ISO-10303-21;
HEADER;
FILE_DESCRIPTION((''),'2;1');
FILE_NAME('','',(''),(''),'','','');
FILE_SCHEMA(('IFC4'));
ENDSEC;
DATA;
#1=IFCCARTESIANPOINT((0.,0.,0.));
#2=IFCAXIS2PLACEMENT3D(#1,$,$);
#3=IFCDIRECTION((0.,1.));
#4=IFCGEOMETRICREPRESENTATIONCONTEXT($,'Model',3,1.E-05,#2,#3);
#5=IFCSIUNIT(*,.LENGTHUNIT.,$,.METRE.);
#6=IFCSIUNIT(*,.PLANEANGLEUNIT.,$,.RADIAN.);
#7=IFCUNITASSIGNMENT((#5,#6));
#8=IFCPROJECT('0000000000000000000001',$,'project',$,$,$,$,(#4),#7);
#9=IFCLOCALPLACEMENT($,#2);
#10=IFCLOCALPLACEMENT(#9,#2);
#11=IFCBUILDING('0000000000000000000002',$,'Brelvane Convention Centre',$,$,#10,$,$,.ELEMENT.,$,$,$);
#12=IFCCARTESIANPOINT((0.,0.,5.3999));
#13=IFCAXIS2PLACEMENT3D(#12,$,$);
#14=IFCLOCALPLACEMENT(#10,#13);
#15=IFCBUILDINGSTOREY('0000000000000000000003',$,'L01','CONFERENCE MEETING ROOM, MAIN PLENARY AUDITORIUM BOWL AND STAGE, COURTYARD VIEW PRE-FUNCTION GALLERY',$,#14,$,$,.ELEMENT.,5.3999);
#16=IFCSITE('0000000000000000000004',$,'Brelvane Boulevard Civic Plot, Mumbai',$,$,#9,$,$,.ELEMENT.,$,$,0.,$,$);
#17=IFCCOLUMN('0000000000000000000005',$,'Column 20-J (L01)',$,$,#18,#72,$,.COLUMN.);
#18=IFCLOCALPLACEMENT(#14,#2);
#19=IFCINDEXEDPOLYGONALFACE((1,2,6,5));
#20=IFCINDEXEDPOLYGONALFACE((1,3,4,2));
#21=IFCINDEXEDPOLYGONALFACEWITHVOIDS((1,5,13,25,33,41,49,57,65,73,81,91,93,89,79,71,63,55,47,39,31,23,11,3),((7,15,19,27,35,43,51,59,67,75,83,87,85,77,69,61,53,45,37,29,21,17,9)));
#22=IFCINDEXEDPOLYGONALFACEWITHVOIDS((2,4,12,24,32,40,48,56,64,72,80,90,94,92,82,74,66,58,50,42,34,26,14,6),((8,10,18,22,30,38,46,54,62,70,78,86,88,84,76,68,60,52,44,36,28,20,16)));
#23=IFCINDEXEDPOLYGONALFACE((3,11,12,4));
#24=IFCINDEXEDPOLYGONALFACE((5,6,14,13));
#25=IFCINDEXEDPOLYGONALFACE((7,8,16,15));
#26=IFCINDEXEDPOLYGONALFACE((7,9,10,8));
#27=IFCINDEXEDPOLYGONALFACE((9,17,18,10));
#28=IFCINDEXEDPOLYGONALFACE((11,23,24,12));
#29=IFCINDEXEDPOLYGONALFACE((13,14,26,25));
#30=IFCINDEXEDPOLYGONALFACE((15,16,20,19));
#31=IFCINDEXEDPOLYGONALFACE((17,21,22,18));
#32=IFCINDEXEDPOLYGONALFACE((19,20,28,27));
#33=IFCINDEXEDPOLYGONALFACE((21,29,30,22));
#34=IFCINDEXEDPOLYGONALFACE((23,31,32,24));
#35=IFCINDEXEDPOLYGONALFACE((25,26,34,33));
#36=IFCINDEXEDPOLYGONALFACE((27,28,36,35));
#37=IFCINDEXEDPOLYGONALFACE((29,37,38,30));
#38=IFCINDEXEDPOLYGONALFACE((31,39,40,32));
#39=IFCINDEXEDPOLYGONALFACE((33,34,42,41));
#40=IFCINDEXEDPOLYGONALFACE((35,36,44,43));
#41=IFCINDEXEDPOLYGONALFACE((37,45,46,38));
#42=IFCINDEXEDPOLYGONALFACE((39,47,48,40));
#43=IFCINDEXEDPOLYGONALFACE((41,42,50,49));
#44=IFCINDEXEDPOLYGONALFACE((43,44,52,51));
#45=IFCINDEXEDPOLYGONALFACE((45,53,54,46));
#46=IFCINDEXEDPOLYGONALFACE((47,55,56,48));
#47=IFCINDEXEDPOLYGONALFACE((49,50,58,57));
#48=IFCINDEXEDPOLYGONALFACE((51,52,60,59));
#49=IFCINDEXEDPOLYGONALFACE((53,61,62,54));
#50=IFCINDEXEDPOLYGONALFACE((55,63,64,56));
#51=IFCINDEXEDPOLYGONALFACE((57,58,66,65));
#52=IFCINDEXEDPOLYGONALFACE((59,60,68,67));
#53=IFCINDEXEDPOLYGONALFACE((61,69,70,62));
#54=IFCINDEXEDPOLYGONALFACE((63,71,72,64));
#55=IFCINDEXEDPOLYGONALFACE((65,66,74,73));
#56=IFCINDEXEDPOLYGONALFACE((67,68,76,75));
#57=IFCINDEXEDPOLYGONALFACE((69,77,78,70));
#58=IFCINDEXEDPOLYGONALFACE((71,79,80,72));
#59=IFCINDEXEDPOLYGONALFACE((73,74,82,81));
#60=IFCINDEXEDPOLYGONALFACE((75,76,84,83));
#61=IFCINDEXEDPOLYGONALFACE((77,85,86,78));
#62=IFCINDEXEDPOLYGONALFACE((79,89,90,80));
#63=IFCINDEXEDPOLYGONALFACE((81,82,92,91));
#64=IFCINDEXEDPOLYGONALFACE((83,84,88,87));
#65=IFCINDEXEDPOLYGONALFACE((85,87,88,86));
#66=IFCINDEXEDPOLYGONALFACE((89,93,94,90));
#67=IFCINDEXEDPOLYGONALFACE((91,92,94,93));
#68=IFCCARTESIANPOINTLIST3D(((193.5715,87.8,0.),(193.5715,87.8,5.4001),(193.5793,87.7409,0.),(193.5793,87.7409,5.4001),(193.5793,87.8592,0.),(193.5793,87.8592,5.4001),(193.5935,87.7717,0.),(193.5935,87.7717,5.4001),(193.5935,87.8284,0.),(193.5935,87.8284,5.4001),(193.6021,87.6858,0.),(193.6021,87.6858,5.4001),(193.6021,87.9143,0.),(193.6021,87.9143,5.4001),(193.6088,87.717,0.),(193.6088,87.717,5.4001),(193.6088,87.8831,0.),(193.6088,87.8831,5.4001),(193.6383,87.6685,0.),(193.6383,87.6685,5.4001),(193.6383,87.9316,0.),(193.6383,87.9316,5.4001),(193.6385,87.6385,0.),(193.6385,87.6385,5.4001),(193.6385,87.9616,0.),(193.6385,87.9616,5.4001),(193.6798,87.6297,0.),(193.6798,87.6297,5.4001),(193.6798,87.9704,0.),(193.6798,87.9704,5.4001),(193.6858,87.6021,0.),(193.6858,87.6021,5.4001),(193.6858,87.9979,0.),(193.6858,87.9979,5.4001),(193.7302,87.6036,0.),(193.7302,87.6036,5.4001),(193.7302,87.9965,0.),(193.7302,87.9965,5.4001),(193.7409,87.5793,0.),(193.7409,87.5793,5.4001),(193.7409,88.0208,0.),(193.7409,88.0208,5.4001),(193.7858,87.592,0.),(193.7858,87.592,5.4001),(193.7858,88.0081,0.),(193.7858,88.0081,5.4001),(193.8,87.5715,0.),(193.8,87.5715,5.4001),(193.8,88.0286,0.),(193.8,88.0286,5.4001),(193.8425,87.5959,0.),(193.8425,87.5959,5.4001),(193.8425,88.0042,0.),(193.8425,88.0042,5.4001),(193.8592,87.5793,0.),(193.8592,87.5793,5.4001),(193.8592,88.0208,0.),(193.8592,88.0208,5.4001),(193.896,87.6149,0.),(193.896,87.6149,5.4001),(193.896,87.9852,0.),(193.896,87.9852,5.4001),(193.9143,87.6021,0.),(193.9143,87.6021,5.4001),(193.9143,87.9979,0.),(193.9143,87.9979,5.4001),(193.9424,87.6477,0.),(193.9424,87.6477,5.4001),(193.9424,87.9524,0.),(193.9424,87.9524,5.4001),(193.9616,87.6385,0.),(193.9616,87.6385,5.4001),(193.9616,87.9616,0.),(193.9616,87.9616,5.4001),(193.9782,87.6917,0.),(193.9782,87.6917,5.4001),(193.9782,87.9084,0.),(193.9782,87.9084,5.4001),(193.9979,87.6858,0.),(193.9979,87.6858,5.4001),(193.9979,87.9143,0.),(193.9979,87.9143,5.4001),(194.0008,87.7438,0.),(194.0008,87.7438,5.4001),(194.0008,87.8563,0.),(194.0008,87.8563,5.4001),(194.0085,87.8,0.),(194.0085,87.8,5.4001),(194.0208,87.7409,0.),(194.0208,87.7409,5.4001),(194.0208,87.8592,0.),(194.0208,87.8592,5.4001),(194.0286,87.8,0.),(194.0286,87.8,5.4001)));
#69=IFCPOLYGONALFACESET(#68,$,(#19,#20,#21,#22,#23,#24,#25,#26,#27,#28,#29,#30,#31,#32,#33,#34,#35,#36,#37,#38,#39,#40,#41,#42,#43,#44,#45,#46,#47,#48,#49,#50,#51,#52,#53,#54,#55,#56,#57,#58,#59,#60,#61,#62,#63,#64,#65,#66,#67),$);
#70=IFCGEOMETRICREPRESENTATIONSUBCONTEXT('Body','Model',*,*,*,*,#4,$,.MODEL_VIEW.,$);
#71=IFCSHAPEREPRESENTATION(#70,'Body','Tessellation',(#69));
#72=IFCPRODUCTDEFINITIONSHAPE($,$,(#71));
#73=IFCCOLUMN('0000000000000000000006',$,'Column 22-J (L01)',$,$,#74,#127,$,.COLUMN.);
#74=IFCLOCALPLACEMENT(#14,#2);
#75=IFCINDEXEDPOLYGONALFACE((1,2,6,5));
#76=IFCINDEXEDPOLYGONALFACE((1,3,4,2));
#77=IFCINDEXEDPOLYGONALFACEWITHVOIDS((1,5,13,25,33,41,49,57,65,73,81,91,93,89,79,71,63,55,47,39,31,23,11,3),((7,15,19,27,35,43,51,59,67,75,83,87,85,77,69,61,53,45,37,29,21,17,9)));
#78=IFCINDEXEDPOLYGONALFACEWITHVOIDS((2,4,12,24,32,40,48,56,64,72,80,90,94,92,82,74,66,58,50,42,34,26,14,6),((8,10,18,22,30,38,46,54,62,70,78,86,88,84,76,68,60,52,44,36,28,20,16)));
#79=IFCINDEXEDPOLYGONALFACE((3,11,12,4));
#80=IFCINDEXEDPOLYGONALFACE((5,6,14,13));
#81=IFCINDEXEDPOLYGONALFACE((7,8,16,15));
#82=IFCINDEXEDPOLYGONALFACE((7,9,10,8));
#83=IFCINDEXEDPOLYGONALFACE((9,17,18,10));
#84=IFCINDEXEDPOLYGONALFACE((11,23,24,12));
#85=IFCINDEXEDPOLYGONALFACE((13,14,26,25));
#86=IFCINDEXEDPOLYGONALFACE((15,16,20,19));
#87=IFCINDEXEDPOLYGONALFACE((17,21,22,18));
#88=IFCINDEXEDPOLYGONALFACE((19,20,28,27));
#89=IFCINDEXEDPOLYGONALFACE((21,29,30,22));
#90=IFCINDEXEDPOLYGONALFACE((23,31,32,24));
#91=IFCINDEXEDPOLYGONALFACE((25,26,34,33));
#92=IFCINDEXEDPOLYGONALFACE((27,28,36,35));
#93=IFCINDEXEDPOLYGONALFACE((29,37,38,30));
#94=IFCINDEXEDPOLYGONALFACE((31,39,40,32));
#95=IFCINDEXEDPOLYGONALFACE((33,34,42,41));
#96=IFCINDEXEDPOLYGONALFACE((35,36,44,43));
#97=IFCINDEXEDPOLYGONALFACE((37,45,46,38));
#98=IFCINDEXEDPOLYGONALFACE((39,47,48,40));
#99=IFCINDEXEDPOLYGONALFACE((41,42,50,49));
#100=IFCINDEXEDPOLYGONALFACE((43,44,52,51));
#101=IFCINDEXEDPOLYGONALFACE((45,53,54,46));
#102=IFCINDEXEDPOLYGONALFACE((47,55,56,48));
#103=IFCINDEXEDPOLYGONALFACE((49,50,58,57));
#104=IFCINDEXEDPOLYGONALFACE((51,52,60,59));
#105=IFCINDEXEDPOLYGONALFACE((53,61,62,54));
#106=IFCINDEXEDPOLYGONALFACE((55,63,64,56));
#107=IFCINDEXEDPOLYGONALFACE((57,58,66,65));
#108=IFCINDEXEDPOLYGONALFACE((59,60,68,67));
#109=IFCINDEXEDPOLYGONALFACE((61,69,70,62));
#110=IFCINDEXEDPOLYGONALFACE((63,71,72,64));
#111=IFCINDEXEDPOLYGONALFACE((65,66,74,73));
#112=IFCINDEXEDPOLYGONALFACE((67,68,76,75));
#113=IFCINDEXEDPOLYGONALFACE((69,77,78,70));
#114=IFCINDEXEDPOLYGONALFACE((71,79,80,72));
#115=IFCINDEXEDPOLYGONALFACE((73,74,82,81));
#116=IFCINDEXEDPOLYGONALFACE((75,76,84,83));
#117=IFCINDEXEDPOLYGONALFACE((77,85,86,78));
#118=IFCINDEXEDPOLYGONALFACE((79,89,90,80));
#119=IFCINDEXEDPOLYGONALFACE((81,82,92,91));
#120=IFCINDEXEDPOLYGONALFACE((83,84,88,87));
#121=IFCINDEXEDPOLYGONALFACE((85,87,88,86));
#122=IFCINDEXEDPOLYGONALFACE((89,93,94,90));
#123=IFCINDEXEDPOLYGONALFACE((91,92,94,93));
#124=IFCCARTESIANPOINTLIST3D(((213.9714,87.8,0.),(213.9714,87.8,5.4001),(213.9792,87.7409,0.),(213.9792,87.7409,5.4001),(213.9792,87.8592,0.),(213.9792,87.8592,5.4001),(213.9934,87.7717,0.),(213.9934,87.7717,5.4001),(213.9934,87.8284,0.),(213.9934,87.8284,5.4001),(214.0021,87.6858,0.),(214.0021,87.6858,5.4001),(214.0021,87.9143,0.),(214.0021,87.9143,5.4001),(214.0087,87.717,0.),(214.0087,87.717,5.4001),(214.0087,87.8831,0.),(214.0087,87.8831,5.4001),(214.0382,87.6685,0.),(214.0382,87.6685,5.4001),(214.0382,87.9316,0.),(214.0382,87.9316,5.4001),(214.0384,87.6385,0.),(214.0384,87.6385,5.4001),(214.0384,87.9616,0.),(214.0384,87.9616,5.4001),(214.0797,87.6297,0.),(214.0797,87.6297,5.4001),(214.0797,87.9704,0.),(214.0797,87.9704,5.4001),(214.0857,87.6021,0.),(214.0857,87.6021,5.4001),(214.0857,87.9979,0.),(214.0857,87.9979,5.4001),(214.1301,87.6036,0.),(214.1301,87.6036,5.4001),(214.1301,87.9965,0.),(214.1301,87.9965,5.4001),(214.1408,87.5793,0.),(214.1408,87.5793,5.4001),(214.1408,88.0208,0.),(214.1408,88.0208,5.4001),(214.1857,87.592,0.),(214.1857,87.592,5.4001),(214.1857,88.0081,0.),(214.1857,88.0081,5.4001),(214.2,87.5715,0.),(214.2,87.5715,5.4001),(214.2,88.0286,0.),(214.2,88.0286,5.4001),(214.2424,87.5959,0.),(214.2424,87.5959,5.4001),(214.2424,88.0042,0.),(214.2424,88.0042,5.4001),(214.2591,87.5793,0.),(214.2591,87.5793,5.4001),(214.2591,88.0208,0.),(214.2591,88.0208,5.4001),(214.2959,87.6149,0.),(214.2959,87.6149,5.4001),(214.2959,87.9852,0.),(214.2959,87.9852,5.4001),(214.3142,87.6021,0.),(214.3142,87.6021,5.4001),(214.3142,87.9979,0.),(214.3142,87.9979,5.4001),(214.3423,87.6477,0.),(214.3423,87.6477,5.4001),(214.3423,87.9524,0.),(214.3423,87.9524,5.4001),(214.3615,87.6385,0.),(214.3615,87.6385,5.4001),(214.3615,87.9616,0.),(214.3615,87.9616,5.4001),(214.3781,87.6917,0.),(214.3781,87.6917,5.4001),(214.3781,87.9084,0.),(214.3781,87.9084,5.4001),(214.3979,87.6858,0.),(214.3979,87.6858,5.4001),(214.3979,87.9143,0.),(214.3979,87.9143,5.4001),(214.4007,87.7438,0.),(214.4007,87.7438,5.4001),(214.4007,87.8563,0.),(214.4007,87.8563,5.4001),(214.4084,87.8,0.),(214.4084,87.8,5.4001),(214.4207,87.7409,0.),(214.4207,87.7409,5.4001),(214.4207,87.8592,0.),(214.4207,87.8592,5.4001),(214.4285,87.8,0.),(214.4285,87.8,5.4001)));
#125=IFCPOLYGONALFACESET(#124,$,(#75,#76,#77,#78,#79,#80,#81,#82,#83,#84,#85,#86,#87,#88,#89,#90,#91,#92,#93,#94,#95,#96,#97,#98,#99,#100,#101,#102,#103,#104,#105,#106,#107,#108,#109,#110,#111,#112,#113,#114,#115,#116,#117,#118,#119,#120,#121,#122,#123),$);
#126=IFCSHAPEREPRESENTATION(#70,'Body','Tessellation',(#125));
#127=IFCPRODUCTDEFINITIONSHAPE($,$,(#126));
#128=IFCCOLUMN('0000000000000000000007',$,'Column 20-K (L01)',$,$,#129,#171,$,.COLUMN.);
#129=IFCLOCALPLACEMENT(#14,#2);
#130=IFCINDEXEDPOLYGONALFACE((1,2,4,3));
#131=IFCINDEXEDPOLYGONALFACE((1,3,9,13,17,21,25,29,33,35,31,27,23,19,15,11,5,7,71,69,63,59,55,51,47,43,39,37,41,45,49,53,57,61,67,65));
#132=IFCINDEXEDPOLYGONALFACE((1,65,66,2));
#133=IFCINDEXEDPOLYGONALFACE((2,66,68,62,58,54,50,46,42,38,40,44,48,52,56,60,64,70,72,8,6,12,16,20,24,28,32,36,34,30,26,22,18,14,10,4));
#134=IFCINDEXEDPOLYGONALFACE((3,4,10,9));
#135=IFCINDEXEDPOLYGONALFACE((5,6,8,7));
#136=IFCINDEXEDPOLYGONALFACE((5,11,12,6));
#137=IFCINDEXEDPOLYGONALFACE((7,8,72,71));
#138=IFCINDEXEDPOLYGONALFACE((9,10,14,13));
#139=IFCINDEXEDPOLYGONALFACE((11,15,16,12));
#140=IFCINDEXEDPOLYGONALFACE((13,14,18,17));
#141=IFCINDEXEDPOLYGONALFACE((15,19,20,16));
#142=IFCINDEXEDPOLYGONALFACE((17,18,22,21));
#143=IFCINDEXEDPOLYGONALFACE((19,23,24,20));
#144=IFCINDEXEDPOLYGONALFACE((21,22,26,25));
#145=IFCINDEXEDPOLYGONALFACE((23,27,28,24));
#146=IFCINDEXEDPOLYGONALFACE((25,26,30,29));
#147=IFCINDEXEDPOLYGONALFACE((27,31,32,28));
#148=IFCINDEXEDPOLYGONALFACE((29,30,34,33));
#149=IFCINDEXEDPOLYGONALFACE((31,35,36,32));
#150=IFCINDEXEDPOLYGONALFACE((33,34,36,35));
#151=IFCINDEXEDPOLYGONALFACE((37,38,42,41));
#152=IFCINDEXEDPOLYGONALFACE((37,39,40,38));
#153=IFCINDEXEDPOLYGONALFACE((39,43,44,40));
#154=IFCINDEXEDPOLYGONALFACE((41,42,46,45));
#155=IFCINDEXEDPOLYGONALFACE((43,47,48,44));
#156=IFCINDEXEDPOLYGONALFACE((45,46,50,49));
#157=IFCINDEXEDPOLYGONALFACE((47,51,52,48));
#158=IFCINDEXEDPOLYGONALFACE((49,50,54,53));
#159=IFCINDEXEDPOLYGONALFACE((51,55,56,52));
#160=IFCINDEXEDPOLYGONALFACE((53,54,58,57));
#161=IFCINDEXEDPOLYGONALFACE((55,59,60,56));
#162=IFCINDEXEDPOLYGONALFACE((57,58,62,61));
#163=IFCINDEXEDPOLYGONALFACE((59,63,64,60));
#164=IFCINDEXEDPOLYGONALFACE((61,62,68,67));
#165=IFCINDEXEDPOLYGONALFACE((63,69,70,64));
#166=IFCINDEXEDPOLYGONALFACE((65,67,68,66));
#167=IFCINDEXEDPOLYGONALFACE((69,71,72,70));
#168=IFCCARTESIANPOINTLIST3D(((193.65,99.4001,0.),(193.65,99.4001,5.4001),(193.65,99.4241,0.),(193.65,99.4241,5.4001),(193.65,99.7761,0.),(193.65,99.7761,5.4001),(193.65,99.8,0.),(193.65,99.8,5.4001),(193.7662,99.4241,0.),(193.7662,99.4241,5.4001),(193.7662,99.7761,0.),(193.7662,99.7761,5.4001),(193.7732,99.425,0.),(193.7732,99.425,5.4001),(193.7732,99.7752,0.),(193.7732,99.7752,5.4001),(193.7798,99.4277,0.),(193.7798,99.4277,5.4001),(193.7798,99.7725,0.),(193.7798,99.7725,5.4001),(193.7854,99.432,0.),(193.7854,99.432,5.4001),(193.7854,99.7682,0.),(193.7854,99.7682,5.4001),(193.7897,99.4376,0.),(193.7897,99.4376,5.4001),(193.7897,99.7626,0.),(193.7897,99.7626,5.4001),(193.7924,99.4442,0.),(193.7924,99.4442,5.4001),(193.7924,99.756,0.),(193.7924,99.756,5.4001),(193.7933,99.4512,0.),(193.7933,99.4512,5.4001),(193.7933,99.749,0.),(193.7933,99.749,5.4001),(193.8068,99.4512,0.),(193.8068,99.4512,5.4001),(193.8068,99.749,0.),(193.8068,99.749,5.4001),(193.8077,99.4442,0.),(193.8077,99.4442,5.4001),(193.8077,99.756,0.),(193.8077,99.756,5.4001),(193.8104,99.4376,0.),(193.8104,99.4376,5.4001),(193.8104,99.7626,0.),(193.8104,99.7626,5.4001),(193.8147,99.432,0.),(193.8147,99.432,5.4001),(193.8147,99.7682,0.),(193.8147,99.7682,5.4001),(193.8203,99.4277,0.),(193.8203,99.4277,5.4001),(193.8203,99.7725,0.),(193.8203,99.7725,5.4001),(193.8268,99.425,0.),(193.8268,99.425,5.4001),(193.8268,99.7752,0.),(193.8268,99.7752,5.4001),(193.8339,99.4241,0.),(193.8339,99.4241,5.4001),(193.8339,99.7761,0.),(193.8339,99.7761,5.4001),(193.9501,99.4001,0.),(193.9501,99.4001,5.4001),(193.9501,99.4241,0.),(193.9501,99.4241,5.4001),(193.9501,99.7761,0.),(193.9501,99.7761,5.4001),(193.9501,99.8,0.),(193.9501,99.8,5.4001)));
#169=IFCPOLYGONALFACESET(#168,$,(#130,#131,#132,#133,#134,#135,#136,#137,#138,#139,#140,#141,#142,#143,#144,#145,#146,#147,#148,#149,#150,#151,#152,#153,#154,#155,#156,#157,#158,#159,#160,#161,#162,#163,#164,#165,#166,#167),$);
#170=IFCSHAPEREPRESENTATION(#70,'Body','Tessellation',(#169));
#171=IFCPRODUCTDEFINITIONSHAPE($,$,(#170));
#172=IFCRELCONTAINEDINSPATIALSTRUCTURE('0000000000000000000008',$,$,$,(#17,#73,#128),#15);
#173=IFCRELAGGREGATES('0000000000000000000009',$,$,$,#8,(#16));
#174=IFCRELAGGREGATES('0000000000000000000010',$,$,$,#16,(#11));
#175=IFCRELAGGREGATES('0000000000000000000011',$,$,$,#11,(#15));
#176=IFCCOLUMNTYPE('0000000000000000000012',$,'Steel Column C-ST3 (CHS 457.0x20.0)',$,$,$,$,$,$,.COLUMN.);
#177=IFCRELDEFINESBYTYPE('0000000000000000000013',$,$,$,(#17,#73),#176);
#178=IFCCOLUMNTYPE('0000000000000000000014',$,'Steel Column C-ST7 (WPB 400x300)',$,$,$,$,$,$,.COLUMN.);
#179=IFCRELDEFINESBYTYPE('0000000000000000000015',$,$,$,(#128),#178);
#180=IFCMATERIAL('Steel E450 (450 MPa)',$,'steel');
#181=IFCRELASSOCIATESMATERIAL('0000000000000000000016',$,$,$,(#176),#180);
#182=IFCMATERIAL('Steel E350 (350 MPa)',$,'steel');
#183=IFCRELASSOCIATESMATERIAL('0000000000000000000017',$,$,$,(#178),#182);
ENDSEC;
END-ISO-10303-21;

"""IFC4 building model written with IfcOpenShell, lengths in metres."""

from ifc_helpers import new_model, si_unit, direction, frame, origin, origin_2d, place, context, subcontext, project, spatial, hollow_circle, i_section, extrude, material, material_profile, profile_set, type_object, element, save


model = new_model("IFC4")

# Units and contexts
model_context = context("Model", 3, precision=1e-05, world=origin(), true_north=direction((0.0, 1.0)))
body_context = subcontext(model_context, "Body", "Model", "MODEL_VIEW")
ifc_project = project(units=[si_unit("LENGTHUNIT", "METRE"), si_unit("PLANEANGLEUNIT", "RADIAN")], contexts=[model_context])

# Site, building, storey
site_placement = place(None, origin())
site = spatial("IfcSite", under=ifc_project, at=site_placement, Name="Brelvane Boulevard Civic Plot, Mumbai", CompositionType="ELEMENT", RefElevation=0.0)
building_placement = place(site_placement, origin())
building = spatial("IfcBuilding", under=site, at=building_placement, Name="Brelvane Convention Centre", CompositionType="ELEMENT")
storey_placement = place(building_placement, frame((0.0, 0.0, 5.3999)))
storey = spatial("IfcBuildingStorey", under=building, at=storey_placement, Name="L01", Description="CONFERENCE MEETING ROOM, MAIN PLENARY AUDITORIUM BOWL AND STAGE, COURTYARD VIEW PRE-FUNCTION GALLERY", CompositionType="ELEMENT", Elevation=5.3999)

# Columns
ifc_material_1 = material(Name="Steel E450 (450 MPa)", Category="steel")
ifc_material_profile_1 = material_profile(ifc_material_1, hollow_circle(Radius=0.2285, WallThickness=0.02, at=origin_2d()), Name="CHS 457.0x20.0")
ifc_profile_set_1 = profile_set([ifc_material_profile_1], Name="Steel E450 (450 MPa)")
column_type_1 = type_object("IfcColumnType", Name="Steel Column C-ST3 (CHS 457.0x20.0)", PredefinedType="COLUMN", material=ifc_profile_set_1)
for number, where, z_axis, x_axis, name in (
    (1, (193.8, 87.8, 0.0), (0.0, 0.0, 1.0), (1.0, 0.0, 0.0), "Column 20-J (L01)"),
    (2, (214.2, 87.8, 0.0), (0.0, 0.0, 1.0), (1.0, 0.0, 0.0), "Column 22-J (L01)"),
):
    element("IfcColumn", number, at=place(storey_placement, frame(where, z_axis=z_axis, x_axis=x_axis)), inside=storey, type_object=column_type_1, Name=name, PredefinedType="COLUMN", context=body_context, shape_type="SweptSolid", body=[
        extrude(hollow_circle(Radius=0.2285, WallThickness=0.02, at=origin_2d()), origin(), (0.0, 0.0, 1.0), 5.4001),
    ])
ifc_material_2 = material(Name="Steel E350 (350 MPa)", Category="steel")
ifc_material_profile_2 = material_profile(ifc_material_2, i_section(OverallWidth=0.3, OverallDepth=0.3999, WebThickness=0.0134, FlangeThickness=0.0239, FilletRadius=0.0271, at=origin_2d()), Name="WPB 400x300")
ifc_profile_set_2 = profile_set([ifc_material_profile_2], Name="Steel E350 (350 MPa)")
column_type_2 = type_object("IfcColumnType", Name="Steel Column C-ST7 (WPB 400x300)", PredefinedType="COLUMN", material=ifc_profile_set_2)
for number, where, z_axis, x_axis, name in (
    (3, (193.8, 99.6001, 0.0), (0.0, 0.0, 1.0), (1.0, 0.0, 0.0), "Column 20-K (L01)"),
):
    element("IfcColumn", number, at=place(storey_placement, frame(where, z_axis=z_axis, x_axis=x_axis)), inside=storey, type_object=column_type_2, Name=name, PredefinedType="COLUMN", context=body_context, shape_type="SweptSolid", body=[
        extrude(i_section(OverallWidth=0.3, OverallDepth=0.3999, WebThickness=0.0134, FlangeThickness=0.0239, FilletRadius=0.0271, at=origin_2d()), origin(), (0.0, 0.0, 1.0), 5.4001),
    ])

save(model, "model.ifc")
